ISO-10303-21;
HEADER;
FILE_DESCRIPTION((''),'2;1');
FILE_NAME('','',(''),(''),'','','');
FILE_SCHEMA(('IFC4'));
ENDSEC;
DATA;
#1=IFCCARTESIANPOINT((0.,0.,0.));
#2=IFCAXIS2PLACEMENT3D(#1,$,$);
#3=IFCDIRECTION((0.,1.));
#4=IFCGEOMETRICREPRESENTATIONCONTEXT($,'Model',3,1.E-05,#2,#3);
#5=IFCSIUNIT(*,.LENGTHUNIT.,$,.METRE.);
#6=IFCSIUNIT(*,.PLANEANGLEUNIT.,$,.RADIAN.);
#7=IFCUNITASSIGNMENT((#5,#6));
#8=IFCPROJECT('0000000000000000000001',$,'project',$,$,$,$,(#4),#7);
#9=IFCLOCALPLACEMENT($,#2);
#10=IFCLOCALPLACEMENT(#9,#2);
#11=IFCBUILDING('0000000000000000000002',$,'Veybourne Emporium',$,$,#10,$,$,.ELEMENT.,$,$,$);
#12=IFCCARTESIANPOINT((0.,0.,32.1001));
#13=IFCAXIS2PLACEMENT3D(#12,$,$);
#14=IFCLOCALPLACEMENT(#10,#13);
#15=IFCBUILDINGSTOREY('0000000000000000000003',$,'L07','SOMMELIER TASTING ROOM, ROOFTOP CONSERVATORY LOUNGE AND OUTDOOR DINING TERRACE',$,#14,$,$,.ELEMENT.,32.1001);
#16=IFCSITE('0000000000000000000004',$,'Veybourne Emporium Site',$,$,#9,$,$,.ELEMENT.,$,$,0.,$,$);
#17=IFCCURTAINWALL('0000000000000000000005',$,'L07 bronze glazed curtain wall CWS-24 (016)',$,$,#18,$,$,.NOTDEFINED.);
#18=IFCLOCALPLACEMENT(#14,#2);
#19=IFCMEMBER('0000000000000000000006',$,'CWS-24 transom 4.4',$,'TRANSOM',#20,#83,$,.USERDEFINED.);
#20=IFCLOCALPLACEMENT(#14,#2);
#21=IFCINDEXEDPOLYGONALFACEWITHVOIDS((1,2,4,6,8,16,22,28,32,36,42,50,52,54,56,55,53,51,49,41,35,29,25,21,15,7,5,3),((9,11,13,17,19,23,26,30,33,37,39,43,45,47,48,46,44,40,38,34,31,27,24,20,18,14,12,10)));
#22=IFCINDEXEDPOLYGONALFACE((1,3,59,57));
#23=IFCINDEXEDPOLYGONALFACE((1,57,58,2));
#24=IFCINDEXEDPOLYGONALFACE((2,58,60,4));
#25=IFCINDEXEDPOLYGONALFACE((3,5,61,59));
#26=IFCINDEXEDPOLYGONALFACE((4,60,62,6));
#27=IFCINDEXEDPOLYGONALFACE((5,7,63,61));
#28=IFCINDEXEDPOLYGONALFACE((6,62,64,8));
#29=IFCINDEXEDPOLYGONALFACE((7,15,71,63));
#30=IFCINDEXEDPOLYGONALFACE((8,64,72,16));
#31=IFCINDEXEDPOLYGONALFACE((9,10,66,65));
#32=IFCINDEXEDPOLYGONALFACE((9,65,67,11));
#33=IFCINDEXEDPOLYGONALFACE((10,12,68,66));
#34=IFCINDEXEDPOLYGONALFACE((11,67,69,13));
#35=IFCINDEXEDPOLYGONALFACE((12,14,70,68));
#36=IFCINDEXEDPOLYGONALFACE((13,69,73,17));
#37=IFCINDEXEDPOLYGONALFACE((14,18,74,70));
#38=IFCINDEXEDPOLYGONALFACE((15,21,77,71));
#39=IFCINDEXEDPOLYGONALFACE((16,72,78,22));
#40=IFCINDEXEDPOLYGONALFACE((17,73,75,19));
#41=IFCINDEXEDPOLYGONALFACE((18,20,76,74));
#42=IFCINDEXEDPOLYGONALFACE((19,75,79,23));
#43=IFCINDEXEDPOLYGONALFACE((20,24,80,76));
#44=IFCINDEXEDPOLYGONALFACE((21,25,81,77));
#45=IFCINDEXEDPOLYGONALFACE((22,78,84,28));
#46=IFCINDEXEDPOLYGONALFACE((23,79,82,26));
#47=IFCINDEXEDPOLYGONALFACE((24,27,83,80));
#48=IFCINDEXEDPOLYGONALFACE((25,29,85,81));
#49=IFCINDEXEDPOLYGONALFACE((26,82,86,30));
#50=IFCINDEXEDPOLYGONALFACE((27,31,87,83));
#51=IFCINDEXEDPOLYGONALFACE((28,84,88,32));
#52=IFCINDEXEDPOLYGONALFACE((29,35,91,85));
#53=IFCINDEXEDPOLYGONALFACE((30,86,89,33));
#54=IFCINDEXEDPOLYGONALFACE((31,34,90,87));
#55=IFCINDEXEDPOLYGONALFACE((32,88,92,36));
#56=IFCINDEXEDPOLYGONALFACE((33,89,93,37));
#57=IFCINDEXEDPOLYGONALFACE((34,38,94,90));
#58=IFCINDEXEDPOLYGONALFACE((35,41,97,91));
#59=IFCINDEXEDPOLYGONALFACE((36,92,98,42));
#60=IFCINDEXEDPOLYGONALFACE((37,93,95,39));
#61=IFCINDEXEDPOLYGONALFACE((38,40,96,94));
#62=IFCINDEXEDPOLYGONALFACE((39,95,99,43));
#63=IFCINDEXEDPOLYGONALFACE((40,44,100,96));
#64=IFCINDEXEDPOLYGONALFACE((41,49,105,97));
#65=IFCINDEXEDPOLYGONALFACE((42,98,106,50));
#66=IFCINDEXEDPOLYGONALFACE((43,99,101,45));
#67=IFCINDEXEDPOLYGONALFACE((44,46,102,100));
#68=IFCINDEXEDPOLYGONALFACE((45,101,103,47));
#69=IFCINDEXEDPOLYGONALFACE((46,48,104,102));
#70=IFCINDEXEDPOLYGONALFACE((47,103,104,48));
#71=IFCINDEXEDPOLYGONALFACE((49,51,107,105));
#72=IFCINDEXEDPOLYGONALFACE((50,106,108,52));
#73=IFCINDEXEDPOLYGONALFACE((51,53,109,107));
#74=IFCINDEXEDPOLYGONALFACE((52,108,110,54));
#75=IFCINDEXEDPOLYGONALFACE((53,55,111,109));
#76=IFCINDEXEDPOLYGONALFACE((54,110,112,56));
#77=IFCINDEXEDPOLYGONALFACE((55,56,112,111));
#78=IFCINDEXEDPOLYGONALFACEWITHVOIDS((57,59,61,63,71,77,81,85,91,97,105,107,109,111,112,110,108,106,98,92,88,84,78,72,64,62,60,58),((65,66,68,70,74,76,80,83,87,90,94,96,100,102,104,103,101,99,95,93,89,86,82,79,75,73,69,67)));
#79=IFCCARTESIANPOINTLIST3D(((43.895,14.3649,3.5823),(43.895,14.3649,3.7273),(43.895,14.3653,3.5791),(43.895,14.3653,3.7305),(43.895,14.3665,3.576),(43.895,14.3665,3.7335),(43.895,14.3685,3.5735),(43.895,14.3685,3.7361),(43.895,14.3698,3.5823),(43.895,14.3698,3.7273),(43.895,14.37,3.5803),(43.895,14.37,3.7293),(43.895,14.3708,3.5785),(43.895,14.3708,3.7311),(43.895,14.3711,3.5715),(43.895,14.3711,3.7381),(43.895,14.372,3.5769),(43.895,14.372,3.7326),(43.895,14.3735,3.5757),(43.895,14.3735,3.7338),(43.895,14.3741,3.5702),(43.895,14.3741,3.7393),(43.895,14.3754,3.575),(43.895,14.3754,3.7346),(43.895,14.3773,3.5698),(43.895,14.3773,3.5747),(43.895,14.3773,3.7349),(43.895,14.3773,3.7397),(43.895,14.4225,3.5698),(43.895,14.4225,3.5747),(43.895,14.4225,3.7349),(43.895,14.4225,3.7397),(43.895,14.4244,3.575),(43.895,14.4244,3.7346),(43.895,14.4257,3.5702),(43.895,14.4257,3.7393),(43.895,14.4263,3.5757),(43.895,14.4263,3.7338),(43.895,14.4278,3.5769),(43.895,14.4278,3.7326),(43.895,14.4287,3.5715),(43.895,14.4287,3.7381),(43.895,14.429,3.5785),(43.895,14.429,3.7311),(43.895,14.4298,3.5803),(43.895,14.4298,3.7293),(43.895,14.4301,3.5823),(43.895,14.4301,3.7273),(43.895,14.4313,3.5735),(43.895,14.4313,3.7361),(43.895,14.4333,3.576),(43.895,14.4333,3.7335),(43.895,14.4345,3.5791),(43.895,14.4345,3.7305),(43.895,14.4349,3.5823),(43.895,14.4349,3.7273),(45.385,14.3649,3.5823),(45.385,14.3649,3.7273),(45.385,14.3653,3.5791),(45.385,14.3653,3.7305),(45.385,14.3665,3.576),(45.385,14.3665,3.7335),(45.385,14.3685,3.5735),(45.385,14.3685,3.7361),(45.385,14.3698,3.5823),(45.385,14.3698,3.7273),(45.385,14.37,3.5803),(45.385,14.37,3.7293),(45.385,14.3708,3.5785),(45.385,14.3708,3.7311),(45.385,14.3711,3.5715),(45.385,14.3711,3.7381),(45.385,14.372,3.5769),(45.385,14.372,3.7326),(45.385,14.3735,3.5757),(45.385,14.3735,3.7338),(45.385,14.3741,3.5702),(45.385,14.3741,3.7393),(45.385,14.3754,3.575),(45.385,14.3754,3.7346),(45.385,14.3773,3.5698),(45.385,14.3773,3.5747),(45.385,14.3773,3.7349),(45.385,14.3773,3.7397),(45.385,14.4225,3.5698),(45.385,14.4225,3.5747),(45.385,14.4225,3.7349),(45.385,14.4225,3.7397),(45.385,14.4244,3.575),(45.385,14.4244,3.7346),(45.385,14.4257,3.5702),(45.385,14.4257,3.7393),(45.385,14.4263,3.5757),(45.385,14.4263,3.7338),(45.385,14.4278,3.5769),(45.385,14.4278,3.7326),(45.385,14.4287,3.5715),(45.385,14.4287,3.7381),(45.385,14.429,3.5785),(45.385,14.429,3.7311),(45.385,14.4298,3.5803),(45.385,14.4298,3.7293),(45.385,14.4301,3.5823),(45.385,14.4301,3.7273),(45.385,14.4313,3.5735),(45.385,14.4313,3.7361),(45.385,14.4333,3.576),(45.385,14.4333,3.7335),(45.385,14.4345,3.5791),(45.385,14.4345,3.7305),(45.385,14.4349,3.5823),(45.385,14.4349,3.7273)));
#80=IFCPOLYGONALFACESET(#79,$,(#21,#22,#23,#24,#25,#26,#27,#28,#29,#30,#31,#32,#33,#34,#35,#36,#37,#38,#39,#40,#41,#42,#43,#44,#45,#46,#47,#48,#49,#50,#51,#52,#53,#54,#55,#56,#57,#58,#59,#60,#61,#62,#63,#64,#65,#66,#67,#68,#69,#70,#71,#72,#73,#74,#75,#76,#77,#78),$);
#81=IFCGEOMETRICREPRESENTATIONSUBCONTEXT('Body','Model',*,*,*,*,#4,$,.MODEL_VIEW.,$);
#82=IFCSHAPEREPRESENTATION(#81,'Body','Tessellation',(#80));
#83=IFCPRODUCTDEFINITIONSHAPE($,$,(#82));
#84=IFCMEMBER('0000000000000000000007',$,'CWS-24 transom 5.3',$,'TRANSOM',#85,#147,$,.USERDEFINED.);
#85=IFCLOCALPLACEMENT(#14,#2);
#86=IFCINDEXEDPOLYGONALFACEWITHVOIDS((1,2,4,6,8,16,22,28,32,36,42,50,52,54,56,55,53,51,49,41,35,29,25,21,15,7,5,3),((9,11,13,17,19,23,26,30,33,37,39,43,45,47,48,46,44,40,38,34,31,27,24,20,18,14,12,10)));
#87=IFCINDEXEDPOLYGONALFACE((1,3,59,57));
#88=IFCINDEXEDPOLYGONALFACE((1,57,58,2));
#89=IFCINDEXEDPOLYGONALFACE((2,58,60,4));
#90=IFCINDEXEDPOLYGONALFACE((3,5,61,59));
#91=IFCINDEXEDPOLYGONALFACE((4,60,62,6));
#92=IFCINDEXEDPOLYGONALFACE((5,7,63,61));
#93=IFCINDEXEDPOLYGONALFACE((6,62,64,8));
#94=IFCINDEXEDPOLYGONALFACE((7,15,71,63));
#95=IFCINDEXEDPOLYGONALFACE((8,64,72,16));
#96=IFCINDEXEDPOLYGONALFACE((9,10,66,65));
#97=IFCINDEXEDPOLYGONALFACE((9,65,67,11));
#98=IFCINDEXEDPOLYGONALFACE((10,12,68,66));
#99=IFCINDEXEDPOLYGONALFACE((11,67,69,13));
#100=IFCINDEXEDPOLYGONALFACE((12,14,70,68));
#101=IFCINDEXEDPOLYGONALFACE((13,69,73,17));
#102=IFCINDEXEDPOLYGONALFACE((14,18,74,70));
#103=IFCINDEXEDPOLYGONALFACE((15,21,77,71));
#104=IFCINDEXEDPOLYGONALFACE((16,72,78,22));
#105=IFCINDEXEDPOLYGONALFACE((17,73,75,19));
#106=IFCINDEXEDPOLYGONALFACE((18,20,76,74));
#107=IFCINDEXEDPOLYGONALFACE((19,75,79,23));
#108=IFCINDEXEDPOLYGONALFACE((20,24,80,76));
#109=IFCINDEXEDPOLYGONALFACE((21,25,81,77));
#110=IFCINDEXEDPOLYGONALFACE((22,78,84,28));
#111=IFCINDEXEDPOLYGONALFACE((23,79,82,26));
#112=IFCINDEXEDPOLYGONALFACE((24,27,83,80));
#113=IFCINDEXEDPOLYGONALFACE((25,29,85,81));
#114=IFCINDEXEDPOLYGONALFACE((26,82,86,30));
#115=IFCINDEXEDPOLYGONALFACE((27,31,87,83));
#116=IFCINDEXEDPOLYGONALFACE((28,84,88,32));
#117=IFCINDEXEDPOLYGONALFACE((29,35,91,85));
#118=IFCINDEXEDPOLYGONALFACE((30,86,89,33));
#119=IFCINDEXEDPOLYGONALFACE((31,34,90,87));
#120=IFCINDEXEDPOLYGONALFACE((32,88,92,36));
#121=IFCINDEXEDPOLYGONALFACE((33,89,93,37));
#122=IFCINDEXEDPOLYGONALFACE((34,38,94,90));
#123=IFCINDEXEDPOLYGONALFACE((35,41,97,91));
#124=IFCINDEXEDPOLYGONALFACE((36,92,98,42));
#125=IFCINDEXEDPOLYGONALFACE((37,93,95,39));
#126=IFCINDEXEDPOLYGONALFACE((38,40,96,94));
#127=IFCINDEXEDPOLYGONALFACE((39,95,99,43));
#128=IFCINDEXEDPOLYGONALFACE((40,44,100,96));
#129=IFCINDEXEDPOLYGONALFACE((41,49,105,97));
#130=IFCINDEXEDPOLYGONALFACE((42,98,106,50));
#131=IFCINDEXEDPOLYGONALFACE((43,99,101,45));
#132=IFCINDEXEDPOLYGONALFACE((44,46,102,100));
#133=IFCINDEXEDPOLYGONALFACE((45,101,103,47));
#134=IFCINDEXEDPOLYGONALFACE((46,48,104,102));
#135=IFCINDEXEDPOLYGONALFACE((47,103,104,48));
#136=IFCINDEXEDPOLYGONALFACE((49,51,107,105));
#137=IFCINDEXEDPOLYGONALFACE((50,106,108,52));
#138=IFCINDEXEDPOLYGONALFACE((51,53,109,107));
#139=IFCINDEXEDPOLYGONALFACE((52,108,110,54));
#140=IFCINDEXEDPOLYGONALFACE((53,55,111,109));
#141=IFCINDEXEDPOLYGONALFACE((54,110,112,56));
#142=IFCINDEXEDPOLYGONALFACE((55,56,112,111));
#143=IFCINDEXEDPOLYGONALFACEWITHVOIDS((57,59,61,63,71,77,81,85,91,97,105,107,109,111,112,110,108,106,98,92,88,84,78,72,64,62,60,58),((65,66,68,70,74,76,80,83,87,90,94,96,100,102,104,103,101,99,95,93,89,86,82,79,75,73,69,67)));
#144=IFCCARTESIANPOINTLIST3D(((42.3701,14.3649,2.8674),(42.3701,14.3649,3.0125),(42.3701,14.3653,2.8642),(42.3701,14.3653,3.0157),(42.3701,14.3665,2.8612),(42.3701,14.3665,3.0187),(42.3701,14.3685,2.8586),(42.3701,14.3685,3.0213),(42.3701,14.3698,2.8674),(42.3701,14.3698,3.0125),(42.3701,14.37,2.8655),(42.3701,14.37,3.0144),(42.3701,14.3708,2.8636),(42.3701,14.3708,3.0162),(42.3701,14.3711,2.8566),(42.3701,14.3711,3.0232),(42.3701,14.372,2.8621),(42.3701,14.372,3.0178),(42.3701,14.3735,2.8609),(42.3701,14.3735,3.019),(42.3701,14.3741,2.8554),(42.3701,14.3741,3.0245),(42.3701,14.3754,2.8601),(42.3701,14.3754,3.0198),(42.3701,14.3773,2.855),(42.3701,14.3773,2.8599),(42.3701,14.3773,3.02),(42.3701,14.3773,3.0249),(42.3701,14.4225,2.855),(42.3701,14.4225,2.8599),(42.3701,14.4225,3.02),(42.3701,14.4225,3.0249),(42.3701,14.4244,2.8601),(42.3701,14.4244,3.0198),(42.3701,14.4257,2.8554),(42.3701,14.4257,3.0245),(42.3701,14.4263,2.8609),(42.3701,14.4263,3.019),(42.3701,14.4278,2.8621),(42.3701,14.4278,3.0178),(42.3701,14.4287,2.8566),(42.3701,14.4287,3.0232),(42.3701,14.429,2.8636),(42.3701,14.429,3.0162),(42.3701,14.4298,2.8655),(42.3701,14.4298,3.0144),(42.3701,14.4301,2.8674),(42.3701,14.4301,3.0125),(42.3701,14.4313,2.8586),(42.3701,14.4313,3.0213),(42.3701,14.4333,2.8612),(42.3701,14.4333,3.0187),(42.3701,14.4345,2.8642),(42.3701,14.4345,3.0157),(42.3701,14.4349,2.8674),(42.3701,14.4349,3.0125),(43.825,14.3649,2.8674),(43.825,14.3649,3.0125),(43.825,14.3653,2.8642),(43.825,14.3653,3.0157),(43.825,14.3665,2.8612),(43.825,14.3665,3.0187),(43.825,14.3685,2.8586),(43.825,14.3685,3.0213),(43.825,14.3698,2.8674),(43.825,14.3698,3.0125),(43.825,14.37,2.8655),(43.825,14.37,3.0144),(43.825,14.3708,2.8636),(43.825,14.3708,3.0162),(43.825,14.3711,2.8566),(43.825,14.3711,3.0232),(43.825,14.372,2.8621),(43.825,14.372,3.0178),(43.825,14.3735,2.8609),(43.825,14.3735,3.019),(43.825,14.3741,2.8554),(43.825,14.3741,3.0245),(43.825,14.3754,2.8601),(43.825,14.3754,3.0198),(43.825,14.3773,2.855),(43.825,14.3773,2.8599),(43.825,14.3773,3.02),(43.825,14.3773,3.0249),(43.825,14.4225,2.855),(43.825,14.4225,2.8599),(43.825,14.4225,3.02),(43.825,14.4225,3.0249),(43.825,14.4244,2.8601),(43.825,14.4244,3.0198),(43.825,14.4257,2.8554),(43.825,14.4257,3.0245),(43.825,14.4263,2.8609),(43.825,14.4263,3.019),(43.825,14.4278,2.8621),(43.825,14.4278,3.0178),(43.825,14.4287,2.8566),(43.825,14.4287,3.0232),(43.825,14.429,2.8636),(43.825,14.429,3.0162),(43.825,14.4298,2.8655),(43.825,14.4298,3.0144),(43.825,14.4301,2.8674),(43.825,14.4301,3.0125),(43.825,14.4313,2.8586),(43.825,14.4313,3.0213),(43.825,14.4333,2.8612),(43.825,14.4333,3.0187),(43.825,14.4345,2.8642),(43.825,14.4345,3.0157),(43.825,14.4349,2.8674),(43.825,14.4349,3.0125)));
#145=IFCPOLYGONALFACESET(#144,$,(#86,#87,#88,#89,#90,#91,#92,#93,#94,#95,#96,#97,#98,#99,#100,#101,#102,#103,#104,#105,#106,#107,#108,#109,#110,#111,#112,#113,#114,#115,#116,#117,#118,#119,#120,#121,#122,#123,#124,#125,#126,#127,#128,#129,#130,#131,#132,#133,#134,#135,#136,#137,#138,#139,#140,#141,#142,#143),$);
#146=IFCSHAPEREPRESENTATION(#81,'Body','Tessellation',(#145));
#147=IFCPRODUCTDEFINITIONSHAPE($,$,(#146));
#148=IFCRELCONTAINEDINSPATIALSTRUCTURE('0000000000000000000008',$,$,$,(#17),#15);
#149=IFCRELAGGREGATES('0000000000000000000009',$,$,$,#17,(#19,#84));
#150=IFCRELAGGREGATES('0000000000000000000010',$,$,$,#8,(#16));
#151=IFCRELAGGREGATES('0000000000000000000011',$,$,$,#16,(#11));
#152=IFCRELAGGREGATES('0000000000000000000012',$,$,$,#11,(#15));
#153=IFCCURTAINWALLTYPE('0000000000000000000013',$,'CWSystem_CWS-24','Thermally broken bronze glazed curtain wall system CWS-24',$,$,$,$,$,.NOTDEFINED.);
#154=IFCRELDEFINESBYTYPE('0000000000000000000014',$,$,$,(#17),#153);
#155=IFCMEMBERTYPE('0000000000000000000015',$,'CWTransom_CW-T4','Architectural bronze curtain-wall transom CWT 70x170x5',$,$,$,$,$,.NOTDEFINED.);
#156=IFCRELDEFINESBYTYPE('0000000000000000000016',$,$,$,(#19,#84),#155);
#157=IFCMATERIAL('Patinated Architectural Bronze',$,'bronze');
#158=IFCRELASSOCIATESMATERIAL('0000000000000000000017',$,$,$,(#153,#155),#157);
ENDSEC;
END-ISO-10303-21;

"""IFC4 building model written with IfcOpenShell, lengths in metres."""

from ifc_helpers import new_model, si_unit, direction, frame, origin, origin_2d, place, context, subcontext, project, spatial, hollow_rectangle, extrude, material, material_profile, profile_set, type_object, element, aggregate, save


model = new_model("IFC4")

# Units and contexts
model_context = context("Model", 3, precision=1e-05, world=origin(), true_north=direction((0.0, 1.0)))
body_context = subcontext(model_context, "Body", "Model", "MODEL_VIEW")
ifc_project = project(units=[si_unit("LENGTHUNIT", "METRE"), si_unit("PLANEANGLEUNIT", "RADIAN")], contexts=[model_context])

# Site, building, storey
site_placement = place(None, origin())
site = spatial("IfcSite", under=ifc_project, at=site_placement, Name="Veybourne Emporium Site", CompositionType="ELEMENT", RefElevation=0.0)
building_placement = place(site_placement, origin())
building = spatial("IfcBuilding", under=site, at=building_placement, Name="Veybourne Emporium", CompositionType="ELEMENT")
storey_placement = place(building_placement, frame((0.0, 0.0, 32.1001)))
storey = spatial("IfcBuildingStorey", under=building, at=storey_placement, Name="L07", Description="SOMMELIER TASTING ROOM, ROOFTOP CONSERVATORY LOUNGE AND OUTDOOR DINING TERRACE", CompositionType="ELEMENT", Elevation=32.1001)

# Curtain wall, members
ifc_material_1 = material(Name="Patinated Architectural Bronze", Category="bronze")
curtain_wall_type = type_object("IfcCurtainWallType", Name="CWSystem_CWS-24", Description="Thermally broken bronze glazed curtain wall system CWS-24", PredefinedType="NOTDEFINED", material=ifc_material_1)
curtain_wall_placement = place(storey_placement, origin())
curtain_wall = element("IfcCurtainWall", 1, at=curtain_wall_placement, inside=storey, type_object=curtain_wall_type, Name="L07 bronze glazed curtain wall CWS-24 (016)", PredefinedType="NOTDEFINED")
ifc_material_profile_1 = material_profile(ifc_material_1, hollow_rectangle(XDim=0.0701, YDim=0.1699, WallThickness=0.0049, InnerFilletRadius=0.0076, OuterFilletRadius=0.0125, at=origin_2d()), Name="CWT 70x170x5")
ifc_profile_set_1 = profile_set([ifc_material_profile_1], Name="Patinated Architectural Bronze")
member_type_1 = type_object("IfcMemberType", Name="CWTransom_CW-T4", Description="Architectural bronze curtain-wall transom CWT 70x170x5", PredefinedType="NOTDEFINED", material=ifc_profile_set_1)
member_1_placement = place(storey_placement, frame((45.385, 14.3999, 3.6548), z_axis=(-1.0, 0.0, 0.0), x_axis=(0.0, -1.0, 0.0)))
member_1 = element("IfcMember", 2, at=member_1_placement, type_object=member_type_1, Name="CWS-24 transom 4.4", ObjectType="TRANSOM", PredefinedType="USERDEFINED", context=body_context, shape_type="SweptSolid", body=[
    extrude(hollow_rectangle(XDim=0.0701, YDim=0.1699, WallThickness=0.0049, InnerFilletRadius=0.0076, OuterFilletRadius=0.0125, at=origin_2d()), origin(), (0.0, 0.0, 1.0), 1.49),
])
member_2_placement = place(storey_placement, frame((43.825, 14.3999, 2.9399), z_axis=(-1.0, 0.0, 0.0), x_axis=(0.0, -1.0, 0.0)))
member_2 = element("IfcMember", 3, at=member_2_placement, type_object=member_type_1, Name="CWS-24 transom 5.3", ObjectType="TRANSOM", PredefinedType="USERDEFINED", context=body_context, shape_type="SweptSolid", body=[
    extrude(hollow_rectangle(XDim=0.0701, YDim=0.1699, WallThickness=0.0049, InnerFilletRadius=0.0076, OuterFilletRadius=0.0125, at=origin_2d()), origin(), (0.0, 0.0, 1.0), 1.4548),
])
aggregate(curtain_wall, [member_1, member_2])

save(model, "model.ifc")
